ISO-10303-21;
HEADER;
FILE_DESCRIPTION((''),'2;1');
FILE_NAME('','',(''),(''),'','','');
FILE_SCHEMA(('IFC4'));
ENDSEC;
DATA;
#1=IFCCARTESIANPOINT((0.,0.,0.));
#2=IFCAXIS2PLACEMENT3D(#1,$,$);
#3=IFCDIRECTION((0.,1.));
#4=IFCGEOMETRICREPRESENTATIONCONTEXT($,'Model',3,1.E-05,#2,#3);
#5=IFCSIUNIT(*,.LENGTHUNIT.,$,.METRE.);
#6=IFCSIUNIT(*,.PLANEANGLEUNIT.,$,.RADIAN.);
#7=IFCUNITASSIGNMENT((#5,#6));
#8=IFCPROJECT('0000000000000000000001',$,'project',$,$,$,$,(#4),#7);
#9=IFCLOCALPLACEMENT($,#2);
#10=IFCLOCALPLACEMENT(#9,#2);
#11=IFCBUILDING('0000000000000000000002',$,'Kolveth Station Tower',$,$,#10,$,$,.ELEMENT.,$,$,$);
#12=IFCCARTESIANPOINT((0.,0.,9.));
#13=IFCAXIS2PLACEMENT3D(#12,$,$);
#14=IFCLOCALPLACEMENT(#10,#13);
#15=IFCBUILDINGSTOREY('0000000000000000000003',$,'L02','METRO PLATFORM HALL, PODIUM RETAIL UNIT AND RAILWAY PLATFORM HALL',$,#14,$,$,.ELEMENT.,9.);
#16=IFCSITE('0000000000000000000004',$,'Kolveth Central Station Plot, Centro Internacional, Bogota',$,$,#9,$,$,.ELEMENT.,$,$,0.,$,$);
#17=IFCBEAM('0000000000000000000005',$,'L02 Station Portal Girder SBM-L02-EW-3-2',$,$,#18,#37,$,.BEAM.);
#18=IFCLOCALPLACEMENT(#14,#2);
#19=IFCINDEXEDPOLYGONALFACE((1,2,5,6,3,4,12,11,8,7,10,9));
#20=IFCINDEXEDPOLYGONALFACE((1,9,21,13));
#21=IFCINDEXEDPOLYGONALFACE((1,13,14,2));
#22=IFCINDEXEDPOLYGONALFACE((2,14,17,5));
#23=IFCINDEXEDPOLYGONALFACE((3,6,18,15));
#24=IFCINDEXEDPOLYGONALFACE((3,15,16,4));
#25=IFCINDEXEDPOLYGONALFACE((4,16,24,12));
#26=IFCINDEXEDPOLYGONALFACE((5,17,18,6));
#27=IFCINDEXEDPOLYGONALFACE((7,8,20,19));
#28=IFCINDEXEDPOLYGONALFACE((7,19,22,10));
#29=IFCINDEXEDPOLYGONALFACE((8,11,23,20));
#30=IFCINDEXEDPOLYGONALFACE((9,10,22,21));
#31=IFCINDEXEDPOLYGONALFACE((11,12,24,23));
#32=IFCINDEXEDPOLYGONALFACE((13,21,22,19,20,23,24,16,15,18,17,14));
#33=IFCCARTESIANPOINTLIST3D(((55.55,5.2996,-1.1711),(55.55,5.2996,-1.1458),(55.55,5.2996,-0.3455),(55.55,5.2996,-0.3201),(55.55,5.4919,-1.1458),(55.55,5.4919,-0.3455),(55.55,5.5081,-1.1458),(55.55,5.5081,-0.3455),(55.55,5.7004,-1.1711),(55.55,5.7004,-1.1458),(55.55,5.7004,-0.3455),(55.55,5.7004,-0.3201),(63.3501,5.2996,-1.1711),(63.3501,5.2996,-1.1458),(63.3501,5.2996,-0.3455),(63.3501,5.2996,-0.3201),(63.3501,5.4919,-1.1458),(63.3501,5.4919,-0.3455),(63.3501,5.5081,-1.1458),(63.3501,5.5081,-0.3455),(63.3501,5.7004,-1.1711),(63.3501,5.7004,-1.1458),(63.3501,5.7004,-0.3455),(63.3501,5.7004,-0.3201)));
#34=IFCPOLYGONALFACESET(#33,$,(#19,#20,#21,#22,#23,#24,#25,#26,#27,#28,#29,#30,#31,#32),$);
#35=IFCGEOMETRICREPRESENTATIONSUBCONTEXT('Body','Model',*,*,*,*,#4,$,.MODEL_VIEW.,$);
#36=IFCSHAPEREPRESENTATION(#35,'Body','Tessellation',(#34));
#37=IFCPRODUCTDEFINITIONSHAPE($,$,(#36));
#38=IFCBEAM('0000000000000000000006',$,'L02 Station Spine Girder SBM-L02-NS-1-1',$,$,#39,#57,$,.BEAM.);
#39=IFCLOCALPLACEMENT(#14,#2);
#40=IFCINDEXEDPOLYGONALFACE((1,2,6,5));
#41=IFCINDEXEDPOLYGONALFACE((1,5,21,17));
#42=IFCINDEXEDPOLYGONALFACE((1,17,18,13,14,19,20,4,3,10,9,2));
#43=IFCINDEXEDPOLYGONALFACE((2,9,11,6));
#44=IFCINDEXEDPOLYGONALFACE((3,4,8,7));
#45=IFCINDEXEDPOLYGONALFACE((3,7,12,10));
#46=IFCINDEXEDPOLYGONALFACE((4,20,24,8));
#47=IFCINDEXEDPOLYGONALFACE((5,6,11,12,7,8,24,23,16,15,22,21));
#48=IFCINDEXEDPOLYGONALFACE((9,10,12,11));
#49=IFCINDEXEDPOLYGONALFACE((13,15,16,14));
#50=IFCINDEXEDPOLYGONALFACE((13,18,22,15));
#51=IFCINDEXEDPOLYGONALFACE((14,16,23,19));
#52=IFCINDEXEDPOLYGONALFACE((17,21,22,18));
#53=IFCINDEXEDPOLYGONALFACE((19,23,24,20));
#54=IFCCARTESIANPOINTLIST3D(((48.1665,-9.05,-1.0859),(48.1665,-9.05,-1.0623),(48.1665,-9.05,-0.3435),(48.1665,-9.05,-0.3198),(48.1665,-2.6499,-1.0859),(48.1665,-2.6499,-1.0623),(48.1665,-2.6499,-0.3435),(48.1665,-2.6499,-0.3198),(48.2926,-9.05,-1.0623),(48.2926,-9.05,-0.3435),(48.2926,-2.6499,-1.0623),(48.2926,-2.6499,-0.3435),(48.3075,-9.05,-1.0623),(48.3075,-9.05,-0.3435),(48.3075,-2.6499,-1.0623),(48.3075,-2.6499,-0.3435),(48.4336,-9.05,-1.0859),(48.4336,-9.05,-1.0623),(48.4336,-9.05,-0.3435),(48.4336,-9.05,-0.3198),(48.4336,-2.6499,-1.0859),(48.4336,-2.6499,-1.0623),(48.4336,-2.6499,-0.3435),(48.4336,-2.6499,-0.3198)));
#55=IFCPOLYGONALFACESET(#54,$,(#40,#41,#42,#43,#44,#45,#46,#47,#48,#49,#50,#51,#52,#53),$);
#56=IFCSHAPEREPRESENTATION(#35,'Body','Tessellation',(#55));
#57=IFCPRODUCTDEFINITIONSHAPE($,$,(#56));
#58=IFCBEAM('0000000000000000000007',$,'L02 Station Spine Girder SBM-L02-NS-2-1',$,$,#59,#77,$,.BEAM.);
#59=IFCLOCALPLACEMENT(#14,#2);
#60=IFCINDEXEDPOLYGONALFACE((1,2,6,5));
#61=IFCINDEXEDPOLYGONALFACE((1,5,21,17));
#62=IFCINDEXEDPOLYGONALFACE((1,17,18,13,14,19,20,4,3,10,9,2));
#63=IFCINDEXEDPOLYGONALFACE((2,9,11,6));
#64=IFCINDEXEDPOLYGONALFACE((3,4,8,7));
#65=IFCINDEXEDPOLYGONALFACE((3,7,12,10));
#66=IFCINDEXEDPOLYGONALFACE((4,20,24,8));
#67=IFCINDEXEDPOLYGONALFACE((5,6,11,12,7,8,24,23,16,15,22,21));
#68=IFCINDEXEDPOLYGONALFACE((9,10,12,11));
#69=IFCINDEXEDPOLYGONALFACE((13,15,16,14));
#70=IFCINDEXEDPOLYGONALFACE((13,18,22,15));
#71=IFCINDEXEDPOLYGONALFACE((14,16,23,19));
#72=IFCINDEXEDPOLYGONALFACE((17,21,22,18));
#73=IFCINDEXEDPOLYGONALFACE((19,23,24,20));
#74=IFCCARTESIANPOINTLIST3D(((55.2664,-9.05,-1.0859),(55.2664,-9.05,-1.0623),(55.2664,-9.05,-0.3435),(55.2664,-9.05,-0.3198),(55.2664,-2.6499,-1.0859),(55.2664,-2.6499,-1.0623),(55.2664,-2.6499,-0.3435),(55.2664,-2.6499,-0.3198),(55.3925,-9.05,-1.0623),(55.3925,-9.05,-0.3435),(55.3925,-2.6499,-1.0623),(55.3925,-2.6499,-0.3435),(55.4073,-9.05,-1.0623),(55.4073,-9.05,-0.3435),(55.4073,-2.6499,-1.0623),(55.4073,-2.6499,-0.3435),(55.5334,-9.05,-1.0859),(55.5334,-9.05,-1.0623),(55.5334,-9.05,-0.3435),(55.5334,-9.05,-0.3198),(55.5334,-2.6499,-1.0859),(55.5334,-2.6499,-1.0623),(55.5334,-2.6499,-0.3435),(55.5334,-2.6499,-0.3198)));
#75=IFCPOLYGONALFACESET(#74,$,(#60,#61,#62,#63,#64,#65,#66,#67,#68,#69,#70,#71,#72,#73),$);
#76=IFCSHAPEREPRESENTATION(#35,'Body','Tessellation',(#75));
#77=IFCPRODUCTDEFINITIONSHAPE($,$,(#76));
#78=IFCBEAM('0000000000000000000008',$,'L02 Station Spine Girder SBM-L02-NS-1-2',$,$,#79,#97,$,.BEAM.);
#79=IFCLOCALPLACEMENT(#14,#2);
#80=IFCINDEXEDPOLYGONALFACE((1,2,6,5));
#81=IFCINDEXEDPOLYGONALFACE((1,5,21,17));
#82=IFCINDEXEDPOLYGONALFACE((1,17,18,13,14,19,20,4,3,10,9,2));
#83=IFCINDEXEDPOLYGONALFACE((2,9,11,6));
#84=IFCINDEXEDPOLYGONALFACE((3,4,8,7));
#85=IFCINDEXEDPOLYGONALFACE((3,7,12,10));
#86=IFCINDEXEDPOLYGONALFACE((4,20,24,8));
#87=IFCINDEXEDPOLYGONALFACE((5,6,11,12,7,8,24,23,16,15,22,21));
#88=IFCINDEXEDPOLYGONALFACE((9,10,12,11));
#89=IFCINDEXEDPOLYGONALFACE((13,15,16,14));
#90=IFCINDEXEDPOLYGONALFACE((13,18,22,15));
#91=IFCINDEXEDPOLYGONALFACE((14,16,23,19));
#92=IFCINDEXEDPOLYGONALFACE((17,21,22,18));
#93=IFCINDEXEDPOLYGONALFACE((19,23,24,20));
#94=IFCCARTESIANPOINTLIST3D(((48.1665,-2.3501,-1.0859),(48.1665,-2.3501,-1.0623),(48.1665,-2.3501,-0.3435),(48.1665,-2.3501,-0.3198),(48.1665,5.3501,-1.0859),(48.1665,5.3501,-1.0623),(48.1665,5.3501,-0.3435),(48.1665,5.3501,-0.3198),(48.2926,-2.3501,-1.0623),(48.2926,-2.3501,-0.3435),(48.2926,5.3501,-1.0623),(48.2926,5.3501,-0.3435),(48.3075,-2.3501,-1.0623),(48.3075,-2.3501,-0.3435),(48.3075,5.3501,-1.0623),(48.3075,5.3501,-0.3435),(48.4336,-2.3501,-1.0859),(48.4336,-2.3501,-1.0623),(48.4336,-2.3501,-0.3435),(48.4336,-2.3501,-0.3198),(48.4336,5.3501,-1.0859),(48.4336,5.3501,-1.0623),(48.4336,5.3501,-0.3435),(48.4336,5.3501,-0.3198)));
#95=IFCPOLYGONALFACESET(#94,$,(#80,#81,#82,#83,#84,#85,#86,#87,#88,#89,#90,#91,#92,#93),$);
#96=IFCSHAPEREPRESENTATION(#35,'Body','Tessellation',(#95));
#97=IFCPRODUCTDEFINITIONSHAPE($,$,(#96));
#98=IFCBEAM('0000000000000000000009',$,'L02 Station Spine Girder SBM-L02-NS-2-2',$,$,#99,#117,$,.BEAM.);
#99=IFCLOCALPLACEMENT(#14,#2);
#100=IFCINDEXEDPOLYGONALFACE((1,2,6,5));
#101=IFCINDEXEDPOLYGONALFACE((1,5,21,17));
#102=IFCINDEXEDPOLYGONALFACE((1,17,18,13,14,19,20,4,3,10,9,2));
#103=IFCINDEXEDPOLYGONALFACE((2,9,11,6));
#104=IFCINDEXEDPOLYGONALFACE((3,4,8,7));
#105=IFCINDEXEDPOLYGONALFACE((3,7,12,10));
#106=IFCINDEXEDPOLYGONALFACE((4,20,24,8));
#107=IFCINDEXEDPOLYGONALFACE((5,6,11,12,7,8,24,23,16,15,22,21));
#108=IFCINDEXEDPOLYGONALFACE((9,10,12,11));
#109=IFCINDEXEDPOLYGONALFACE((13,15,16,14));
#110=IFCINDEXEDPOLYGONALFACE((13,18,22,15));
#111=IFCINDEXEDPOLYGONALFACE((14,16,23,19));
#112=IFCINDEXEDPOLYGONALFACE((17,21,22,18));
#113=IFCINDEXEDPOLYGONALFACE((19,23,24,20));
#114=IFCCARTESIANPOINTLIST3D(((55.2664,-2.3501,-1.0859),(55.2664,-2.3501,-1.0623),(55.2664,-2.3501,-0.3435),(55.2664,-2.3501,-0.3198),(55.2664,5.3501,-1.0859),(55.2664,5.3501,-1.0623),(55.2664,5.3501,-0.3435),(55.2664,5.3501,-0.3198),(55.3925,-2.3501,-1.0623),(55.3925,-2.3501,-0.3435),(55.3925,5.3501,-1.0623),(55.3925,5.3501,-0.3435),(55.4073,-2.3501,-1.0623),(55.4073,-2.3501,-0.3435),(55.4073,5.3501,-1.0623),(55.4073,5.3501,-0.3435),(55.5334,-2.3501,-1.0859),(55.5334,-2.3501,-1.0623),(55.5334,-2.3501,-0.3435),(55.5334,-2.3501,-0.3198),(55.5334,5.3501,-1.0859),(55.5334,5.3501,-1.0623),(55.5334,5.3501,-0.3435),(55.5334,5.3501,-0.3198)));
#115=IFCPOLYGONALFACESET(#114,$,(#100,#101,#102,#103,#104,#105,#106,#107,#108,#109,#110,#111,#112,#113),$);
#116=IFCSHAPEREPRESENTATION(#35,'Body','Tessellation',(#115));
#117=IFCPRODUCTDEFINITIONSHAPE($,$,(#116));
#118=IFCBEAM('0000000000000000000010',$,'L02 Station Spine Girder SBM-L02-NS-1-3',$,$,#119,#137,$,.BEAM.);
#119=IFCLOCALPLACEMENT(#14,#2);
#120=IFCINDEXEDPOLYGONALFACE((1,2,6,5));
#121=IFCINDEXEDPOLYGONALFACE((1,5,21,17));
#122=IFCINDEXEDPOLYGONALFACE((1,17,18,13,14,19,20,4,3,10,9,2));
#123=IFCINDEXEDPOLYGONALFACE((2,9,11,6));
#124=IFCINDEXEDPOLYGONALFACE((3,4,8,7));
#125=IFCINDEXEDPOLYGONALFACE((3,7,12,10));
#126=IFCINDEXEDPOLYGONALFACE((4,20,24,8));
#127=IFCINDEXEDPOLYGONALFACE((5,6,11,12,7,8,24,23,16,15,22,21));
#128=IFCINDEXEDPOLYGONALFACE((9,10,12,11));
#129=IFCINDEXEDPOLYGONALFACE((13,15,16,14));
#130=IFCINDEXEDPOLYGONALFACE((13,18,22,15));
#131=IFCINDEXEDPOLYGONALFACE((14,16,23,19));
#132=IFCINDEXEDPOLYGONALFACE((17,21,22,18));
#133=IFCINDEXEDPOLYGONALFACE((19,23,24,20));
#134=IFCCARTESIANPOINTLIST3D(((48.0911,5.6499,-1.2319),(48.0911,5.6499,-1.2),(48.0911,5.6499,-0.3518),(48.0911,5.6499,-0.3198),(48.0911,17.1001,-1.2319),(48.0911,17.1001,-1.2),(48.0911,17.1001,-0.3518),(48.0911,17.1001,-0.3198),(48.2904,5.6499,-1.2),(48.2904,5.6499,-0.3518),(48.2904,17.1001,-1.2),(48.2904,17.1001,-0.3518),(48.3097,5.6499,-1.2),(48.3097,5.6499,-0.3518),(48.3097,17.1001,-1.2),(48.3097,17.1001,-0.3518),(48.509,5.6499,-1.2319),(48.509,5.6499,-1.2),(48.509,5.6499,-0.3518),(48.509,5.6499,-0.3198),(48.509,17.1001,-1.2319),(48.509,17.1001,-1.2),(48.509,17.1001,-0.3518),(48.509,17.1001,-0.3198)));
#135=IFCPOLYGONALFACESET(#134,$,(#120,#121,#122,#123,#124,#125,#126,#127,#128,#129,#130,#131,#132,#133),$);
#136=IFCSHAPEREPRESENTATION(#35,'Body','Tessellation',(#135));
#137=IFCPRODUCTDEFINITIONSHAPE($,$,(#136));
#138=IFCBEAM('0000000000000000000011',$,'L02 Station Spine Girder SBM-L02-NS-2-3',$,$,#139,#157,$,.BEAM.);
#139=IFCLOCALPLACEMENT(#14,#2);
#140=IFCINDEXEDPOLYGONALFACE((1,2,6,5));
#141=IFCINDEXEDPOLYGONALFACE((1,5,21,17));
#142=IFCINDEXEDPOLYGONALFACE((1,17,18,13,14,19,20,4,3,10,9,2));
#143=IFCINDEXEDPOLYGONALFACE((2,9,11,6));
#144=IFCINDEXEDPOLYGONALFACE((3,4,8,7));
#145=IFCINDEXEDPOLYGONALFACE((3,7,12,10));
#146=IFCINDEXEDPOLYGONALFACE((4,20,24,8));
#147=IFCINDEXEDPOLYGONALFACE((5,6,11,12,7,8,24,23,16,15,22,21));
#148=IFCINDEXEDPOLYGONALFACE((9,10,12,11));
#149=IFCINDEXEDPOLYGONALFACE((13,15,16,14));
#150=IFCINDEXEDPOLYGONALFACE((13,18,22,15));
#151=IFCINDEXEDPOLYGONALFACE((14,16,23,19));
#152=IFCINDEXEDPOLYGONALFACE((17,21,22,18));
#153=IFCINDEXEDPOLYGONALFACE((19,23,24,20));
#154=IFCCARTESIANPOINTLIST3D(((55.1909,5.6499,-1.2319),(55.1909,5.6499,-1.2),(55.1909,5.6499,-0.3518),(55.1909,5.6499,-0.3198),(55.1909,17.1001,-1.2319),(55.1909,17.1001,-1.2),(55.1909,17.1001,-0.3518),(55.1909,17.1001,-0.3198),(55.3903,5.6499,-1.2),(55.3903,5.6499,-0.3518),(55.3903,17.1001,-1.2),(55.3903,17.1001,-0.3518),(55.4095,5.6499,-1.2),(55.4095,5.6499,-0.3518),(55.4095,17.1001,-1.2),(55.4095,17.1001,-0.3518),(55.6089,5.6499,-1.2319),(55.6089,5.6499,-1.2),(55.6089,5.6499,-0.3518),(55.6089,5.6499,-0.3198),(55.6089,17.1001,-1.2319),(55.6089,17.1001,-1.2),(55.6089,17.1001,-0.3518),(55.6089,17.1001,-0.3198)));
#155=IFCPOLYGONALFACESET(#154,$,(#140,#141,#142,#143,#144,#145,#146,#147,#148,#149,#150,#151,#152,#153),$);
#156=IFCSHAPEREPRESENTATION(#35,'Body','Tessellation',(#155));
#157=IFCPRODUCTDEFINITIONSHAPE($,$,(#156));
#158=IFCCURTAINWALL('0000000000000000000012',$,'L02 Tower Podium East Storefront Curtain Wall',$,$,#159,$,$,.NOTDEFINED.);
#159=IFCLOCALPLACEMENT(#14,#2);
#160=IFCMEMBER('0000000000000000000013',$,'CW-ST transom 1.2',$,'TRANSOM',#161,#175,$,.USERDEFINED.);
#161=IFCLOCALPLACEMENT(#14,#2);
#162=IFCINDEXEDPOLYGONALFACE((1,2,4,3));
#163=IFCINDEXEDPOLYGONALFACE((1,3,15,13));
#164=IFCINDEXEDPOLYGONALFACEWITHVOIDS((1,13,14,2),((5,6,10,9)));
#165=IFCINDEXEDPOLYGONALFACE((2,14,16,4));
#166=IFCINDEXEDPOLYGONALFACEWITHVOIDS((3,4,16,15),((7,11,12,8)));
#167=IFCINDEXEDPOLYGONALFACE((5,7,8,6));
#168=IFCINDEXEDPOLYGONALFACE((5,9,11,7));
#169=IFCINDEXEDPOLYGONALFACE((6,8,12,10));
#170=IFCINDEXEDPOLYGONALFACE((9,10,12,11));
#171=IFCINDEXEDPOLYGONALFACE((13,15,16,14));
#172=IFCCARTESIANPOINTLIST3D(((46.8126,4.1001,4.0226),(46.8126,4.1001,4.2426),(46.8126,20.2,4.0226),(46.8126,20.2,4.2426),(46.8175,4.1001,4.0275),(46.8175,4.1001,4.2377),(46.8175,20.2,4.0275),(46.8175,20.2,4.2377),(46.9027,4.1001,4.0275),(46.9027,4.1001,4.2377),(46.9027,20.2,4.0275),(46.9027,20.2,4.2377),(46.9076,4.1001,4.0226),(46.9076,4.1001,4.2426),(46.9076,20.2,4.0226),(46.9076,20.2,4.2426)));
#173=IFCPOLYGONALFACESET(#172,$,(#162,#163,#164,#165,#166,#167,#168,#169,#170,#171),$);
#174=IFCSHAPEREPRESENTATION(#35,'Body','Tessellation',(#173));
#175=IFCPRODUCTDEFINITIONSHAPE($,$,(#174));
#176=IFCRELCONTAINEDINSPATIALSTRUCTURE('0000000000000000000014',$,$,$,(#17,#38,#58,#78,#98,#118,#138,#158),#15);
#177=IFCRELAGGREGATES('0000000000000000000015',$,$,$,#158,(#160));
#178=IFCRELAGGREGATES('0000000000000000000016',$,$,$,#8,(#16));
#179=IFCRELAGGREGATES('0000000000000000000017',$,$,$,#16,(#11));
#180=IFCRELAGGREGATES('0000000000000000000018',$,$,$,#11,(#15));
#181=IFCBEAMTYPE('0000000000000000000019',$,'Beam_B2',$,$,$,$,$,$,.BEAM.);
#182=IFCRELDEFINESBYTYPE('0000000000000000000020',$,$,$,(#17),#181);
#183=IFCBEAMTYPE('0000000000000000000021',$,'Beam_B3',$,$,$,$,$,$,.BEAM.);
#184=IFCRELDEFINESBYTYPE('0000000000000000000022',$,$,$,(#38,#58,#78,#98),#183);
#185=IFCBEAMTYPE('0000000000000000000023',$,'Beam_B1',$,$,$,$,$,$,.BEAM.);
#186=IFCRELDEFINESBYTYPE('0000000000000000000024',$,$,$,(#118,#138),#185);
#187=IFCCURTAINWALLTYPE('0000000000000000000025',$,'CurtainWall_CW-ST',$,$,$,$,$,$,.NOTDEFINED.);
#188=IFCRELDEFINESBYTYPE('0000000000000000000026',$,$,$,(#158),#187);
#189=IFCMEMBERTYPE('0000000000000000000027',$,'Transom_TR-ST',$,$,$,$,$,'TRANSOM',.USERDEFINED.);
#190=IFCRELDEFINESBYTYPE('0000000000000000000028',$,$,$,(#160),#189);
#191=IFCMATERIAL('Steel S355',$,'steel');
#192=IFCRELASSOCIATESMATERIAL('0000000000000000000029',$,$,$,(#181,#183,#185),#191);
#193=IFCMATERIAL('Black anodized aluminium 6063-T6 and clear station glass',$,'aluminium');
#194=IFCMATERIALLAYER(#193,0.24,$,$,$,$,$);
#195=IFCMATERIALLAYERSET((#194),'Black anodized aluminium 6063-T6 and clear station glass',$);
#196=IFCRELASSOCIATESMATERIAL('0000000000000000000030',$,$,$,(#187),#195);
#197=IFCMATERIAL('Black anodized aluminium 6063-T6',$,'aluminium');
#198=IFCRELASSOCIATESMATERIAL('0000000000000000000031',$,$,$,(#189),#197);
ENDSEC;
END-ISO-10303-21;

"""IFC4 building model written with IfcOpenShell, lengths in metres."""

from ifc_helpers import new_model, si_unit, direction, frame, origin, origin_2d, place, context, subcontext, project, spatial, hollow_rectangle, i_section, extrude, source, transform, mapped, material, layer, layer_set, material_profile, profile_set, type_object, element, aggregate, save


model = new_model("IFC4")

# Units and contexts
model_context = context("Model", 3, precision=1e-05, world=origin(), true_north=direction((0.0, 1.0)))
body_context = subcontext(model_context, "Body", "Model", "MODEL_VIEW")
ifc_project = project(units=[si_unit("LENGTHUNIT", "METRE"), si_unit("PLANEANGLEUNIT", "RADIAN")], contexts=[model_context])

# Site, building, storey
site_placement = place(None, origin())
site = spatial("IfcSite", under=ifc_project, at=site_placement, Name="Kolveth Central Station Plot, Centro Internacional, Bogota", CompositionType="ELEMENT", RefElevation=0.0)
building_placement = place(site_placement, origin())
building = spatial("IfcBuilding", under=site, at=building_placement, Name="Kolveth Station Tower", CompositionType="ELEMENT")
storey_placement = place(building_placement, frame((0.0, 0.0, 9.0)))
storey = spatial("IfcBuildingStorey", under=building, at=storey_placement, Name="L02", Description="METRO PLATFORM HALL, PODIUM RETAIL UNIT AND RAILWAY PLATFORM HALL", CompositionType="ELEMENT", Elevation=9.0)

# Shared definitions
ifc_material_1 = material(Name="Steel S355", Category="steel")

# Beams
ifc_material_profile_1 = material_profile(ifc_material_1, i_section(OverallWidth=0.4009, OverallDepth=0.8511, WebThickness=0.0161, FlangeThickness=0.0254, at=origin_2d()), Name="W840x226")
ifc_profile_set_1 = profile_set([ifc_material_profile_1], Name="Steel S355")
beam_type_1 = type_object("IfcBeamType", Name="Beam_B2", PredefinedType="BEAM", material=ifc_profile_set_1)
shared_shape_1 = source(origin(), body_context, "Body", "SweptSolid", [
    extrude(i_section(OverallWidth=0.4009, OverallDepth=0.8511, WebThickness=0.0161, FlangeThickness=0.0254, at=origin_2d()), origin(), (0.0, 0.0, 1.0), 7.8),
])
for number, where, z_axis, x_axis, name in (
    (1, (55.55, 5.5, -0.7456), (1.0, 0.0, 0.0), (0.0, 1.0, 0.0), "L02 Station Portal Girder SBM-L02-EW-3-2"),
):
    element("IfcBeam", number, at=place(storey_placement, frame(where, z_axis=z_axis, x_axis=x_axis)), inside=storey, type_object=beam_type_1, Name=name, PredefinedType="BEAM", context=body_context, shape_type="MappedRepresentation", body=[
        mapped(shared_shape_1, transform((0.0, 0.0, 0.0), x_axis=(1.0, 0.0, 0.0), y_axis=(0.0, 1.0, 0.0), z_axis=(0.0, 0.0, 1.0), scale=1.0)),
    ])
ifc_material_profile_2 = material_profile(ifc_material_1, i_section(OverallWidth=0.2671, OverallDepth=0.7661, WebThickness=0.0149, FlangeThickness=0.0237, at=origin_2d()), Name="W760x185")
ifc_profile_set_2 = profile_set([ifc_material_profile_2], Name="Steel S355")
beam_type_2 = type_object("IfcBeamType", Name="Beam_B3", PredefinedType="BEAM", material=ifc_profile_set_2)
shared_shape_2 = source(origin(), body_context, "Body", "SweptSolid", [
    extrude(i_section(OverallWidth=0.2671, OverallDepth=0.7661, WebThickness=0.0149, FlangeThickness=0.0237, at=origin_2d()), origin(), (0.0, 0.0, 1.0), 6.4001),
])
for number, where, z_axis, x_axis, name in (
    (2, (48.3, -9.05, -0.7029), (0.0, 1.0, 0.0), (-1.0, 0.0, 0.0), "L02 Station Spine Girder SBM-L02-NS-1-1"),
    (3, (55.3999, -9.05, -0.7029), (0.0, 1.0, 0.0), (-1.0, 0.0, 0.0), "L02 Station Spine Girder SBM-L02-NS-2-1"),
):
    element("IfcBeam", number, at=place(storey_placement, frame(where, z_axis=z_axis, x_axis=x_axis)), inside=storey, type_object=beam_type_2, Name=name, PredefinedType="BEAM", context=body_context, shape_type="MappedRepresentation", body=[
        mapped(shared_shape_2, transform((0.0, 0.0, 0.0), x_axis=(1.0, 0.0, 0.0), y_axis=(0.0, 1.0, 0.0), z_axis=(0.0, 0.0, 1.0), scale=1.0)),
    ])
shared_shape_3 = source(origin(), body_context, "Body", "SweptSolid", [
    extrude(i_section(OverallWidth=0.2671, OverallDepth=0.7661, WebThickness=0.0149, FlangeThickness=0.0237, at=origin_2d()), origin(), (0.0, 0.0, 1.0), 7.7002),
])
for number, where, z_axis, x_axis, name in (
    (4, (48.3, -2.3501, -0.7029), (0.0, 1.0, 0.0), (-1.0, 0.0, 0.0), "L02 Station Spine Girder SBM-L02-NS-1-2"),
    (5, (55.3999, -2.3501, -0.7029), (0.0, 1.0, 0.0), (-1.0, 0.0, 0.0), "L02 Station Spine Girder SBM-L02-NS-2-2"),
):
    element("IfcBeam", number, at=place(storey_placement, frame(where, z_axis=z_axis, x_axis=x_axis)), inside=storey, type_object=beam_type_2, Name=name, PredefinedType="BEAM", context=body_context, shape_type="MappedRepresentation", body=[
        mapped(shared_shape_3, transform((0.0, 0.0, 0.0), x_axis=(1.0, 0.0, 0.0), y_axis=(0.0, 1.0, 0.0), z_axis=(0.0, 0.0, 1.0), scale=1.0)),
    ])
ifc_material_profile_3 = material_profile(ifc_material_1, i_section(OverallWidth=0.418, OverallDepth=0.9121, WebThickness=0.0193, FlangeThickness=0.032, at=origin_2d()), Name="W920x342")
ifc_profile_set_3 = profile_set([ifc_material_profile_3], Name="Steel S355")
beam_type_3 = type_object("IfcBeamType", Name="Beam_B1", PredefinedType="BEAM", material=ifc_profile_set_3)
shared_shape_4 = source(origin(), body_context, "Body", "SweptSolid", [
    extrude(i_section(OverallWidth=0.418, OverallDepth=0.9121, WebThickness=0.0193, FlangeThickness=0.032, at=origin_2d()), origin(), (0.0, 0.0, 1.0), 11.4502),
])
for number, where, z_axis, x_axis, name in (
    (6, (48.3, 5.6499, -0.7759), (0.0, 1.0, 0.0), (-1.0, 0.0, 0.0), "L02 Station Spine Girder SBM-L02-NS-1-3"),
    (7, (55.3999, 5.6499, -0.7759), (0.0, 1.0, 0.0), (-1.0, 0.0, 0.0), "L02 Station Spine Girder SBM-L02-NS-2-3"),
):
    element("IfcBeam", number, at=place(storey_placement, frame(where, z_axis=z_axis, x_axis=x_axis)), inside=storey, type_object=beam_type_3, Name=name, PredefinedType="BEAM", context=body_context, shape_type="MappedRepresentation", body=[
        mapped(shared_shape_4, transform((0.0, 0.0, 0.0), x_axis=(1.0, 0.0, 0.0), y_axis=(0.0, 1.0, 0.0), z_axis=(0.0, 0.0, 1.0), scale=1.0)),
    ])

# Curtain wall, member
ifc_material_2 = material(Name="Black anodized aluminium 6063-T6 and clear station glass", Category="aluminium")
ifc_layer_1 = layer(ifc_material_2, 0.24)
ifc_layer_set_1 = layer_set([ifc_layer_1], Name="Black anodized aluminium 6063-T6 and clear station glass")
curtain_wall_type = type_object("IfcCurtainWallType", Name="CurtainWall_CW-ST", PredefinedType="NOTDEFINED", material=ifc_layer_set_1)
curtain_wall_placement = place(storey_placement, origin())
curtain_wall = element("IfcCurtainWall", 8, at=curtain_wall_placement, inside=storey, type_object=curtain_wall_type, Name="L02 Tower Podium East Storefront Curtain Wall", PredefinedType="NOTDEFINED")
ifc_material_3 = material(Name="Black anodized aluminium 6063-T6", Category="aluminium")
ifc_material_profile_4 = material_profile(ifc_material_3, hollow_rectangle(XDim=0.095, YDim=0.22, WallThickness=0.0049, at=origin_2d()), Name="ALU-95x220x5")
ifc_profile_set_4 = profile_set([ifc_material_profile_4], Name="Black anodized aluminium 6063-T6")
member_type = type_object("IfcMemberType", Name="Transom_TR-ST", ElementType="TRANSOM", PredefinedType="USERDEFINED", material=ifc_profile_set_4)
shared_shape_5 = source(origin(), body_context, "Body", "SweptSolid", [
    extrude(hollow_rectangle(XDim=0.095, YDim=0.22, WallThickness=0.0049, at=origin_2d()), origin(), (0.0, 0.0, 1.0), 16.0999),
])
member_placement = place(storey_placement, frame((46.8601, 4.1001, 4.1326), z_axis=(0.0, 1.0, 0.0), x_axis=(-1.0, 0.0, 0.0)))
member = element("IfcMember", 9, at=member_placement, type_object=member_type, Name="CW-ST transom 1.2", ObjectType="TRANSOM", PredefinedType="USERDEFINED", context=body_context, shape_type="MappedRepresentation", body=[
    mapped(shared_shape_5, transform((0.0, 0.0, 0.0), x_axis=(1.0, 0.0, 0.0), y_axis=(0.0, 1.0, 0.0), z_axis=(0.0, 0.0, 1.0), scale=1.0)),
])
aggregate(curtain_wall, [member])

save(model, "model.ifc")
